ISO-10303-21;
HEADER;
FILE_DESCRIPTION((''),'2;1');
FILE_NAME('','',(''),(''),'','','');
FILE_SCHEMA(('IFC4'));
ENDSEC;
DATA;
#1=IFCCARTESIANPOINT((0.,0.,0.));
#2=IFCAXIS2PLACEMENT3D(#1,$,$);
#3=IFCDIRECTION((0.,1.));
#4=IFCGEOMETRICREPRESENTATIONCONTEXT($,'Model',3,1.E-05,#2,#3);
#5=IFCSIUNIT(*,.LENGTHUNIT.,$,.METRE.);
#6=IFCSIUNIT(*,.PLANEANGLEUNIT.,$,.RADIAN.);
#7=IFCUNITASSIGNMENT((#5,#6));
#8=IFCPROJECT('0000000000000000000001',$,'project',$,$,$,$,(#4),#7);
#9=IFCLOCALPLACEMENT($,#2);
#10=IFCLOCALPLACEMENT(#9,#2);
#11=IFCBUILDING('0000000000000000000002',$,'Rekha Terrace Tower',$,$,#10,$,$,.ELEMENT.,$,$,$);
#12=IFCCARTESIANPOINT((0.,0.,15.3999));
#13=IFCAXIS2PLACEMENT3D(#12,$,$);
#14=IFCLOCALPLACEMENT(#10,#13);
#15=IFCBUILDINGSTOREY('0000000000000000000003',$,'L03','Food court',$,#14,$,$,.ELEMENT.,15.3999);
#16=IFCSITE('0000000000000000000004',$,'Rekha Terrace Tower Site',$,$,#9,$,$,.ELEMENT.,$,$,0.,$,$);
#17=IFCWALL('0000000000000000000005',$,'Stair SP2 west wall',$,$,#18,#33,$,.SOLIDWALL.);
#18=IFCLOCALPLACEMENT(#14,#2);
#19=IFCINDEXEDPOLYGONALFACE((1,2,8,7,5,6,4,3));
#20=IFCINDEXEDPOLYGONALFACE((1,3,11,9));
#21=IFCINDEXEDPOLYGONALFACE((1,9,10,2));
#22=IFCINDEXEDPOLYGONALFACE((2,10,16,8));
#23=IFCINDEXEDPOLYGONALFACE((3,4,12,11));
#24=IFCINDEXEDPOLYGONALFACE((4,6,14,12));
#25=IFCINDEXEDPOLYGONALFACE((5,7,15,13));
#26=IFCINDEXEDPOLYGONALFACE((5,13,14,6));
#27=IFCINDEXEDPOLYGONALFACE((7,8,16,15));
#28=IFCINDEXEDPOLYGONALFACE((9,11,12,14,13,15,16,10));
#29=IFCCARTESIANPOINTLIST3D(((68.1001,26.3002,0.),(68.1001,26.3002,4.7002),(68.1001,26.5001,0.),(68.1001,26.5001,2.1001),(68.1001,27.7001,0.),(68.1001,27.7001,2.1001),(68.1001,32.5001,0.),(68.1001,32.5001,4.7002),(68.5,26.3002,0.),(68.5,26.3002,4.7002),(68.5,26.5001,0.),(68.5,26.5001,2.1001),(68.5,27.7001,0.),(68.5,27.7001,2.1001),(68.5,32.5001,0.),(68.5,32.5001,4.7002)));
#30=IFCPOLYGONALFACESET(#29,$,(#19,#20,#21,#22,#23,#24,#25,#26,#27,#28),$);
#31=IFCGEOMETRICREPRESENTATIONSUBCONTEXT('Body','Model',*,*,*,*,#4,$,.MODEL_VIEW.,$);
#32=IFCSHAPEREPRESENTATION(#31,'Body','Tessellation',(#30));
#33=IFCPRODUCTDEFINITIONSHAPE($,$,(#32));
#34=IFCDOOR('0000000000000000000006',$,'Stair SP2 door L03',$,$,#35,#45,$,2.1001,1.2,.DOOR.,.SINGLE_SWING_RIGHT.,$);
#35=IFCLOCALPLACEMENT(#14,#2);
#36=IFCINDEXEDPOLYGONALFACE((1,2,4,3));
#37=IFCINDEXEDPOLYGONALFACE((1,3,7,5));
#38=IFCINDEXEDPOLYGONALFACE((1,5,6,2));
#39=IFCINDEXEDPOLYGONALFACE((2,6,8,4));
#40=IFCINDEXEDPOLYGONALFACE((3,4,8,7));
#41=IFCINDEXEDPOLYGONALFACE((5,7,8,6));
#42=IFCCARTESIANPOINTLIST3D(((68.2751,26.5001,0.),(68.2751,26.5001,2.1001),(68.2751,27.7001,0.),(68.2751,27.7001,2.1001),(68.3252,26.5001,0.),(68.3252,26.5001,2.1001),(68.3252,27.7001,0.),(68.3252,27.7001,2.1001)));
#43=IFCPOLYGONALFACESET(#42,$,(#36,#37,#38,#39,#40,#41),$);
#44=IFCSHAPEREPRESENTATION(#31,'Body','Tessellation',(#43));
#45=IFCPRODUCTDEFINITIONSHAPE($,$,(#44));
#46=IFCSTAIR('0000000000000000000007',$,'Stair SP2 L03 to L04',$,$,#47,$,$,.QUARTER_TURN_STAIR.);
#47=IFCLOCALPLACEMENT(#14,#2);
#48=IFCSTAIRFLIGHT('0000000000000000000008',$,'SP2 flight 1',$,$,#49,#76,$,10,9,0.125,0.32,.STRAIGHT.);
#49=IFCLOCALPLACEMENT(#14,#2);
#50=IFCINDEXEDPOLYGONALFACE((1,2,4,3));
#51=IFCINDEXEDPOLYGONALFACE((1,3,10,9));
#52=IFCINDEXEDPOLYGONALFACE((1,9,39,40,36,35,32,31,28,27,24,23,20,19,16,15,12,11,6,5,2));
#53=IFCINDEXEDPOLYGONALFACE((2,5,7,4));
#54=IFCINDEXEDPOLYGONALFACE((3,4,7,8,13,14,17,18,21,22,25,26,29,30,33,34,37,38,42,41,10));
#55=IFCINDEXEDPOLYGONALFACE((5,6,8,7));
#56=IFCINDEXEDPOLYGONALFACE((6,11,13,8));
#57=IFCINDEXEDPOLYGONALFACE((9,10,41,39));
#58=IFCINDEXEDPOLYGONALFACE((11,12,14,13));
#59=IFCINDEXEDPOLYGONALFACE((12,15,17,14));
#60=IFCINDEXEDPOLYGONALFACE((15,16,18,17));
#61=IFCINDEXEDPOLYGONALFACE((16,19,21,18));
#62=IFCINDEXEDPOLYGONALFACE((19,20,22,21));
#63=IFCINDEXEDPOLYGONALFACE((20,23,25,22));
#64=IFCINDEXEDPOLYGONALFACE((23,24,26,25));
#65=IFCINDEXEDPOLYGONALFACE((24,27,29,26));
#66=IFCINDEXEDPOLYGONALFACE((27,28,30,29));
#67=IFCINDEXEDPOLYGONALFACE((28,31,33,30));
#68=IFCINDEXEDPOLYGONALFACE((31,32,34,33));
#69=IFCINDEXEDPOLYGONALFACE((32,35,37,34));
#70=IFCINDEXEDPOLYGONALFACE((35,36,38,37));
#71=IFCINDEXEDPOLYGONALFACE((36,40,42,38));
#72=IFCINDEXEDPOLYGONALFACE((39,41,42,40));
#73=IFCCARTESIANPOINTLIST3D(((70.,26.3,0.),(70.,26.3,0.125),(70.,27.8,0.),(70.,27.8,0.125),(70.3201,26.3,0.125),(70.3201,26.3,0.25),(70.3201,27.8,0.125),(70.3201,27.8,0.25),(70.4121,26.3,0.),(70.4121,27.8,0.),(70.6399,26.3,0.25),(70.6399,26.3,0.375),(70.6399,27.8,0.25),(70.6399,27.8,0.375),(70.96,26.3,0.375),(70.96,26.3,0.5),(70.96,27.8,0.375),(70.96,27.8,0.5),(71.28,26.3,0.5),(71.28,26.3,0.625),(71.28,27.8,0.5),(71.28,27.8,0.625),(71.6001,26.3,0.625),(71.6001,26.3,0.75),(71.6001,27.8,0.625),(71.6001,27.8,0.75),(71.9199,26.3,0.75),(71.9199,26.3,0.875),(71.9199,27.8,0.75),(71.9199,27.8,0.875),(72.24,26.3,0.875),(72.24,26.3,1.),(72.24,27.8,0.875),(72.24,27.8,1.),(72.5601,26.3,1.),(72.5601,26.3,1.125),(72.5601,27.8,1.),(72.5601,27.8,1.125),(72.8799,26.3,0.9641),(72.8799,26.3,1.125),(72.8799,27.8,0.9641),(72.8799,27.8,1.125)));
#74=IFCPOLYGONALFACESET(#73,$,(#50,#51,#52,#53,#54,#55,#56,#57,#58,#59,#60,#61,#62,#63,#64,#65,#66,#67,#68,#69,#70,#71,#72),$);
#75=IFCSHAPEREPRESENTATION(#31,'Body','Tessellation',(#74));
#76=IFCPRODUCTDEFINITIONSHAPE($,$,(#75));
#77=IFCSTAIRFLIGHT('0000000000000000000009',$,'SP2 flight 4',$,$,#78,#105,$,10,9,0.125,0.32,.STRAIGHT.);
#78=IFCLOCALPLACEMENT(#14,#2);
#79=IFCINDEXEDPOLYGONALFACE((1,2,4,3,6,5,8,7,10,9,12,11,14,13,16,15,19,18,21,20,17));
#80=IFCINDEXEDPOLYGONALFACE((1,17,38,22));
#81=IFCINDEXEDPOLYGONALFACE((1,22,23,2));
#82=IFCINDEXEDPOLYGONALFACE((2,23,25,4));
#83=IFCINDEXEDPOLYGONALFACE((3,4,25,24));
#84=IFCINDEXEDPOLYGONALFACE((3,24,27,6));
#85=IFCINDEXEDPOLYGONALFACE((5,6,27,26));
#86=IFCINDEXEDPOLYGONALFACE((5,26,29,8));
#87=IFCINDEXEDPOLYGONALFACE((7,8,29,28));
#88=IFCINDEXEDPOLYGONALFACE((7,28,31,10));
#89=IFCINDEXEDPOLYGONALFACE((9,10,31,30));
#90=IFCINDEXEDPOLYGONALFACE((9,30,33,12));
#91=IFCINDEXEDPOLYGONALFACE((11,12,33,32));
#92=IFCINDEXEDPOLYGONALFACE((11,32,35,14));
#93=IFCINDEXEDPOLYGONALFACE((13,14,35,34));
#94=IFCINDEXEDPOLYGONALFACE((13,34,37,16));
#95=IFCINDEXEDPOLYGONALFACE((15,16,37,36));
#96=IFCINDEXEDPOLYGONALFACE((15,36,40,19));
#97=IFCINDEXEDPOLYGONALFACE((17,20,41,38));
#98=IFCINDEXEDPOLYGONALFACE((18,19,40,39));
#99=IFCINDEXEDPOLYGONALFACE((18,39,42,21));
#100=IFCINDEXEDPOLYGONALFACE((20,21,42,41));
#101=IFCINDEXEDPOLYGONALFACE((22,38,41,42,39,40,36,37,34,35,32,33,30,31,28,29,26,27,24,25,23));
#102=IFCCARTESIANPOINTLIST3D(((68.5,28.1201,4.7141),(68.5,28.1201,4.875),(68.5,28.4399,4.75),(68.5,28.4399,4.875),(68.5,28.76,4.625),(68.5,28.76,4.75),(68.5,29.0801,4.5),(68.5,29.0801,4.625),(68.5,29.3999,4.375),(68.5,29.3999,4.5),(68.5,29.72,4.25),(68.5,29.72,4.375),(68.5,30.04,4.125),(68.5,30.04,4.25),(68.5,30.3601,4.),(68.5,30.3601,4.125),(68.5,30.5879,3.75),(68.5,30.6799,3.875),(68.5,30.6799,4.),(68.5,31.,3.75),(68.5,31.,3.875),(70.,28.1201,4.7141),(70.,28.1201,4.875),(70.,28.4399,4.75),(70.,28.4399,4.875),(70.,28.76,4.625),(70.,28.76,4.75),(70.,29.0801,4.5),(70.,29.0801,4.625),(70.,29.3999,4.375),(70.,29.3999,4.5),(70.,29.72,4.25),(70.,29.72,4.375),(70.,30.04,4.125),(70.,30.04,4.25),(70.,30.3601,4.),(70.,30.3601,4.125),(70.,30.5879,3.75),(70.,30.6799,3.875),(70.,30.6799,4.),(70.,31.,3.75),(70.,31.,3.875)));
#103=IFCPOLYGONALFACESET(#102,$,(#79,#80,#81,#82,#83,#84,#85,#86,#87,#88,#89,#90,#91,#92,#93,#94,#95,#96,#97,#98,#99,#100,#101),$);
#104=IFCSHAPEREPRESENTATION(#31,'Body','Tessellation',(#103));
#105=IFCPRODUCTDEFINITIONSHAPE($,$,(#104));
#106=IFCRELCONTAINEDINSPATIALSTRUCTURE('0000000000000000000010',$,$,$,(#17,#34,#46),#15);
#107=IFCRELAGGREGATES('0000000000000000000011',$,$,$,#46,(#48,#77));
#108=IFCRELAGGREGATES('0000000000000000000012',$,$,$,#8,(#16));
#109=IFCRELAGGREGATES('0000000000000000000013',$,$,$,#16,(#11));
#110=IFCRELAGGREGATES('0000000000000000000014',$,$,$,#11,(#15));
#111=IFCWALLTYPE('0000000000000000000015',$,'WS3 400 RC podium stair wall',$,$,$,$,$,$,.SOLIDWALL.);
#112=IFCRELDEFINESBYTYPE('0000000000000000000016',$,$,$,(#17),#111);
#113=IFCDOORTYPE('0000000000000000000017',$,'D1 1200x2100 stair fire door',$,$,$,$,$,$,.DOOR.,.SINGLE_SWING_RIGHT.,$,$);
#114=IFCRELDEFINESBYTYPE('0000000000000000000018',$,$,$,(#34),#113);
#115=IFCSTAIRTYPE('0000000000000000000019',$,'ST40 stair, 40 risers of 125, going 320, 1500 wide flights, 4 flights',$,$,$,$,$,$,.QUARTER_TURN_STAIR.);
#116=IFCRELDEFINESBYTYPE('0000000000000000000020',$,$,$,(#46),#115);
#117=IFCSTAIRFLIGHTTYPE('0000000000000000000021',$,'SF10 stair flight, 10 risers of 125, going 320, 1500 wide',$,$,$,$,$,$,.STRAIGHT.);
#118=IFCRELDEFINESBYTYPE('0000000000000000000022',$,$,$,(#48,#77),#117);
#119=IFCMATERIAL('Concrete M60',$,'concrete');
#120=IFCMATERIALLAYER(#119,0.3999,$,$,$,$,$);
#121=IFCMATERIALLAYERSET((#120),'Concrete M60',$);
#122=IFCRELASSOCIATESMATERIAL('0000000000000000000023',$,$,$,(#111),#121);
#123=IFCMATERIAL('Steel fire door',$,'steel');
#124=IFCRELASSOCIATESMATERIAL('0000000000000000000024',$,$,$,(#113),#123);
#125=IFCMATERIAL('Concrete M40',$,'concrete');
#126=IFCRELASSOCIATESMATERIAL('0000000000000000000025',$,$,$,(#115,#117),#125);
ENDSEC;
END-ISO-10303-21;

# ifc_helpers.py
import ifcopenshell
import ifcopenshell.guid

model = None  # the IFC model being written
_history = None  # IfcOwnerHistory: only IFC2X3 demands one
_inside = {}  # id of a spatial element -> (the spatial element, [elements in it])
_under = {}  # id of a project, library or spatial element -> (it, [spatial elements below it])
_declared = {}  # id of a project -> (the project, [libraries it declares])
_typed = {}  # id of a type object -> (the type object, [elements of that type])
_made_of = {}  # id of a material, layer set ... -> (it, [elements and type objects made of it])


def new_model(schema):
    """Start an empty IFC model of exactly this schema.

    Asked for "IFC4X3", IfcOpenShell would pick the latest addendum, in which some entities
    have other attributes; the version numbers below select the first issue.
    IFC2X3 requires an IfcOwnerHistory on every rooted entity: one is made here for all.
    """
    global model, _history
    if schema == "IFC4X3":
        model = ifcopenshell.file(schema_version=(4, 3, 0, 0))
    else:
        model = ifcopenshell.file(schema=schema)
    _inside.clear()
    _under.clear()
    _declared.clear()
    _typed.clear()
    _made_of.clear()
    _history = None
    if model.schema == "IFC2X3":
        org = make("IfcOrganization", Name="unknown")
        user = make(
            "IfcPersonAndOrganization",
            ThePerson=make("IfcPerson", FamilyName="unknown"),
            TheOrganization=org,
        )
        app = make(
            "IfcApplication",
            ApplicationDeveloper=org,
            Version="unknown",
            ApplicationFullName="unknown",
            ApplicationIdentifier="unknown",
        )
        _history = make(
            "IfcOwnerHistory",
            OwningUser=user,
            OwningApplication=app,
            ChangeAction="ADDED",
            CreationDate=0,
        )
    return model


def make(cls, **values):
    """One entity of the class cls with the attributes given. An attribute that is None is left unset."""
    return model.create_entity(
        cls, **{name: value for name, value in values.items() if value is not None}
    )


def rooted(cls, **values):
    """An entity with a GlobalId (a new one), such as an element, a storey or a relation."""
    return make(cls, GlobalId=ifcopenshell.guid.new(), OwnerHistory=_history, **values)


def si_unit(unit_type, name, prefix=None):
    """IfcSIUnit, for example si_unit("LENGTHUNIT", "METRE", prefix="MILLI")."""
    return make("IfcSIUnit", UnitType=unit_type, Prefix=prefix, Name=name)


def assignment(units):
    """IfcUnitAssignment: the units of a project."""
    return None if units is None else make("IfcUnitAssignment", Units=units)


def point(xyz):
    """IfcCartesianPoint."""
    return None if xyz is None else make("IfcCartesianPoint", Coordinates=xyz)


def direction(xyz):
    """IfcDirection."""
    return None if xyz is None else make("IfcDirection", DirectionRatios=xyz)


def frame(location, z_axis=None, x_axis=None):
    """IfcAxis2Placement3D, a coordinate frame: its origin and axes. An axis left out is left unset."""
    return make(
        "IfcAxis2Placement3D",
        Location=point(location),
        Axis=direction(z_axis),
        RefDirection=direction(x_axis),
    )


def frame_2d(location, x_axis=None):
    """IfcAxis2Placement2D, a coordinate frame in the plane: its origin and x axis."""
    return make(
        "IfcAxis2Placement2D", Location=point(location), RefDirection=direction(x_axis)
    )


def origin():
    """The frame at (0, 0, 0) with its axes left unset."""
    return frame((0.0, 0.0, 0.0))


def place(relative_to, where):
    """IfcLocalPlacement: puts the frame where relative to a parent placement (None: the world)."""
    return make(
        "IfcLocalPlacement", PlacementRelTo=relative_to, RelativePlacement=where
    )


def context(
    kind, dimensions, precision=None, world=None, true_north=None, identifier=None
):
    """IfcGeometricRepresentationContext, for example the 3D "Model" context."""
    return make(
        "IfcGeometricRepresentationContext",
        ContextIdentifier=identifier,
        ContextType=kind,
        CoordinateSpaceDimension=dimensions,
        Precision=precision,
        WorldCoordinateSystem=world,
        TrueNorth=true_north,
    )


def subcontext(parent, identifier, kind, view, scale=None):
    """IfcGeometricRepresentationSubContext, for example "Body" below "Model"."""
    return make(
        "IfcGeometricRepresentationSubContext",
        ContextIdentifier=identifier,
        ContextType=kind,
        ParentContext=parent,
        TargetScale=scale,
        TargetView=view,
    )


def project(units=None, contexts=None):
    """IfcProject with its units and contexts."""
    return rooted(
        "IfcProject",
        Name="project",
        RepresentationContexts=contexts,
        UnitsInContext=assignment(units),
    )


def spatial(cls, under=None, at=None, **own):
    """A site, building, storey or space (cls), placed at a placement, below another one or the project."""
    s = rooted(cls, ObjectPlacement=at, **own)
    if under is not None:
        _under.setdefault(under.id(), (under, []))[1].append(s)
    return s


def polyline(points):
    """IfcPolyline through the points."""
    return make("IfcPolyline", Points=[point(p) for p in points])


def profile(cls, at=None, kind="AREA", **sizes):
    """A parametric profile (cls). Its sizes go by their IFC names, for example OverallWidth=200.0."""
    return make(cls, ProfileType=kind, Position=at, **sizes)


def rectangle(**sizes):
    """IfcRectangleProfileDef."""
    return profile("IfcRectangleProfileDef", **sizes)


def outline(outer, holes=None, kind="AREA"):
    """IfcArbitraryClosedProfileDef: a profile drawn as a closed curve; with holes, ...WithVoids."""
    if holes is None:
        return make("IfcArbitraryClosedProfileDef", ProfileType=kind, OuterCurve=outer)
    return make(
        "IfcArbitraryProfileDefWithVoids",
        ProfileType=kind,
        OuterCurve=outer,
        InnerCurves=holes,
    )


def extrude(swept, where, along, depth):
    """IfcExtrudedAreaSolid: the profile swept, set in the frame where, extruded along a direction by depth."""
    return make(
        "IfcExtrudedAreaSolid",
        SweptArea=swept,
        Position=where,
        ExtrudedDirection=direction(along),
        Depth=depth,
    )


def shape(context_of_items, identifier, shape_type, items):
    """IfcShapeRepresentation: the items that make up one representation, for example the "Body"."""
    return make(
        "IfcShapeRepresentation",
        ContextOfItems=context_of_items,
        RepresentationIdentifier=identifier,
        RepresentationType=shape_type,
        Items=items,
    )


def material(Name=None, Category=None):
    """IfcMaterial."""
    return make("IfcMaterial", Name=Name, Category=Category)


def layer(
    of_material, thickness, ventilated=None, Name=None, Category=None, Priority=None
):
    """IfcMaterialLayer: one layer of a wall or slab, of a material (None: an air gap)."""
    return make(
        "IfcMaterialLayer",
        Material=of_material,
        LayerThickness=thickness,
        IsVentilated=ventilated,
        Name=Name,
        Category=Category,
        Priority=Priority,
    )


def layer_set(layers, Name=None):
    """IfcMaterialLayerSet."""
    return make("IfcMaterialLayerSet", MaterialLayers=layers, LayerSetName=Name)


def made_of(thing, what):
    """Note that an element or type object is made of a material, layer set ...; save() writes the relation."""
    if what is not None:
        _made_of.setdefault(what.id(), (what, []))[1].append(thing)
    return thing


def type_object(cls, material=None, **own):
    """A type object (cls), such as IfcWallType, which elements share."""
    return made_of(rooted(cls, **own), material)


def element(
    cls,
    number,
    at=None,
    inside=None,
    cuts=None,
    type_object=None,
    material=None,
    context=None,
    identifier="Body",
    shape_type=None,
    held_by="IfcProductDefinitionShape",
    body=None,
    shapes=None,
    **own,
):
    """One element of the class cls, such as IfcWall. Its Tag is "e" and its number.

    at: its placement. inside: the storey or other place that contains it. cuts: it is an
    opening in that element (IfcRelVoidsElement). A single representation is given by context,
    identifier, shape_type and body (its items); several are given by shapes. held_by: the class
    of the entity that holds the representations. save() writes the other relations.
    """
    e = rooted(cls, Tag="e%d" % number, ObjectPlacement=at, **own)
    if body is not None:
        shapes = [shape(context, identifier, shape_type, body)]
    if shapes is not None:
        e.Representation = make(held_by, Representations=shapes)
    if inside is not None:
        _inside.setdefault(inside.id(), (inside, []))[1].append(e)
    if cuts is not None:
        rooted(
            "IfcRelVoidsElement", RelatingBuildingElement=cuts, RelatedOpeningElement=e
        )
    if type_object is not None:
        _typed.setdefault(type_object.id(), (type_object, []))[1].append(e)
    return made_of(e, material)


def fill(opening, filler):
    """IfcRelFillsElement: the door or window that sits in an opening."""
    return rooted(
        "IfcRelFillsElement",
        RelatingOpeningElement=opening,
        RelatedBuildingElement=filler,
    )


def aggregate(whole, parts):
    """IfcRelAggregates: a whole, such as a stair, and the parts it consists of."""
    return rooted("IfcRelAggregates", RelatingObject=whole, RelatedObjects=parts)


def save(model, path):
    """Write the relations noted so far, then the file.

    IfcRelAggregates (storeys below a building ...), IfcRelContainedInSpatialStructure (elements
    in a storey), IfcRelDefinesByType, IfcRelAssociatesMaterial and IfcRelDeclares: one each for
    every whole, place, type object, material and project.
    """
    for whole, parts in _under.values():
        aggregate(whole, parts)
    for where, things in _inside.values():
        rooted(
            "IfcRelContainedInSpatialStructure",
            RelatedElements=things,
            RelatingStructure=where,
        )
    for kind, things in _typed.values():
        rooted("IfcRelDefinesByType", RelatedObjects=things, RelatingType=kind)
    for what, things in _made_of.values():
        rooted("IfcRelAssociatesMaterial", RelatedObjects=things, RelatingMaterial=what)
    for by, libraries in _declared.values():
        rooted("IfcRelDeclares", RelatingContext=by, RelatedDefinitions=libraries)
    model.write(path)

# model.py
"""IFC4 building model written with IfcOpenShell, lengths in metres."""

from ifc_helpers import new_model, si_unit, direction, frame, frame_2d, origin, place, context, subcontext, project, spatial, polyline, rectangle, outline, extrude, material, layer, layer_set, type_object, element, fill, aggregate, save


model = new_model("IFC4")

# Units and contexts
model_context = context("Model", 3, precision=1e-05, world=origin(), true_north=direction((0.0, 1.0)))
body_context = subcontext(model_context, "Body", "Model", "MODEL_VIEW")
ifc_project = project(units=[si_unit("LENGTHUNIT", "METRE"), si_unit("PLANEANGLEUNIT", "RADIAN")], contexts=[model_context])

# Site, building, storey
site_placement = place(None, origin())
site = spatial("IfcSite", under=ifc_project, at=site_placement, Name="Rekha Terrace Tower Site", CompositionType="ELEMENT", RefElevation=0.0)
building_placement = place(site_placement, origin())
building = spatial("IfcBuilding", under=site, at=building_placement, Name="Rekha Terrace Tower", CompositionType="ELEMENT")
storey_placement = place(building_placement, frame((0.0, 0.0, 15.3999)))
storey = spatial("IfcBuildingStorey", under=building, at=storey_placement, Name="L03", Description="Food court", CompositionType="ELEMENT", Elevation=15.3999)

# Shared definitions
ifc_material_1 = material(Name="Concrete M60", Category="concrete")

# Shared definitions
ifc_layer_1 = layer(ifc_material_1, 0.3999)
ifc_layer_set_1 = layer_set([ifc_layer_1], Name="Concrete M60")
wall_type_1 = type_object("IfcWallType", Name="WS3 400 RC podium stair wall", PredefinedType="SOLIDWALL", material=ifc_layer_set_1)

# Wall, opening, door
wall_1_placement = place(storey_placement, frame((68.3, 26.3, 0.0), z_axis=(0.0, 0.0, 1.0), x_axis=(0.0, 1.0, 0.0)))
wall_1 = element("IfcWall", 1, at=wall_1_placement, inside=storey, type_object=wall_type_1, Name="Stair SP2 west wall", PredefinedType="SOLIDWALL", context=body_context, shape_type="SweptSolid", body=[
    extrude(rectangle(XDim=6.2, YDim=0.3999, at=frame_2d((3.1001, 0.0))), origin(), (0.0, 0.0, 1.0), 4.7002),
])
opening_1_placement = place(wall_1_placement, frame((0.2, 0.0, 0.0)))
opening_1 = element("IfcOpeningElement", 2, at=opening_1_placement, cuts=wall_1, PredefinedType="OPENING", context=body_context, shape_type="SweptSolid", body=[
    extrude(rectangle(XDim=1.2, YDim=2.1001, at=frame_2d((0.6001, 1.05))), frame((0.0, 0.21, 0.0), z_axis=(0.0, -1.0, 0.0), x_axis=(1.0, 0.0, 0.0)), (0.0, 0.0, 1.0), 0.4199),
])
ifc_material_2 = material(Name="Steel fire door", Category="steel")
door_type_1 = type_object("IfcDoorType", Name="D1 1200x2100 stair fire door", OperationType="SINGLE_SWING_RIGHT", PredefinedType="DOOR", material=ifc_material_2)
door_1_placement = place(opening_1_placement, origin())
door_1 = element("IfcDoor", 3, at=door_1_placement, inside=storey, type_object=door_type_1, Name="Stair SP2 door L03", OperationType="SINGLE_SWING_RIGHT", OverallHeight=2.1001, OverallWidth=1.2, PredefinedType="DOOR", context=body_context, shape_type="SweptSolid", body=[
    extrude(rectangle(XDim=1.2, YDim=2.1001, at=frame_2d((0.6001, 1.05))), frame((0.0, 0.0249, 0.0), z_axis=(0.0, -1.0, 0.0), x_axis=(1.0, 0.0, 0.0)), (0.0, 0.0, 1.0), 0.05),
])
fill(opening_1, door_1)

# Stair, stair flights
ifc_material_3 = material(Name="Concrete M40", Category="concrete")
stair_type = type_object("IfcStairType", Name="ST40 stair, 40 risers of 125, going 320, 1500 wide flights, 4 flights", PredefinedType="QUARTER_TURN_STAIR", material=ifc_material_3)
stair_placement = place(storey_placement, origin())
stair = element("IfcStair", 4, at=stair_placement, inside=storey, type_object=stair_type, Name="Stair SP2 L03 to L04", PredefinedType="QUARTER_TURN_STAIR")
stair_flight_type = type_object("IfcStairFlightType", Name="SF10 stair flight, 10 risers of 125, going 320, 1500 wide", PredefinedType="STRAIGHT", material=ifc_material_3)
stair_flight_1_placement = place(storey_placement, frame((70.0, 27.05, 0.0), z_axis=(0.0, 0.0, 1.0), x_axis=(1.0, 0.0, 0.0)))
stair_flight_1 = element("IfcStairFlight", 5, at=stair_flight_1_placement, type_object=stair_flight_type, Name="SP2 flight 1", NumberOfRisers=10, NumberOfTreads=9, PredefinedType="STRAIGHT", RiserHeight=0.125, TreadLength=0.32, context=body_context, shape_type="SweptSolid", body=[
    extrude(outline(polyline([(0.0, 0.0), (0.0, 0.125), (0.3201, 0.125), (0.3201, 0.25), (0.6399, 0.25), (0.6399, 0.375), (0.96, 0.375), (0.96, 0.5), (1.28, 0.5), (1.28, 0.625), (1.6001, 0.625), (1.6001, 0.75), (1.9199, 0.75), (1.9199, 0.875), (2.24, 0.875), (2.24, 1.0), (2.5601, 1.0), (2.5601, 1.125), (2.8799, 1.125), (2.8799, 1.25), (2.8799, 0.9641), (0.4121, 0.0), (0.0, 0.0)])), frame((0.0, 0.75, 0.0), z_axis=(0.0, -1.0, 0.0), x_axis=(1.0, 0.0, 0.0)), (0.0, 0.0, 1.0), 1.5),
])
stair_flight_2_placement = place(storey_placement, frame((69.25, 31.0, 3.75), z_axis=(0.0, 0.0, 1.0), x_axis=(0.0, -1.0, 0.0)))
stair_flight_2 = element("IfcStairFlight", 6, at=stair_flight_2_placement, type_object=stair_flight_type, Name="SP2 flight 4", NumberOfRisers=10, NumberOfTreads=9, PredefinedType="STRAIGHT", RiserHeight=0.125, TreadLength=0.32, context=body_context, shape_type="SweptSolid", body=[
    extrude(outline(polyline([(0.0, 0.0), (0.0, 0.125), (0.3201, 0.125), (0.3201, 0.25), (0.6399, 0.25), (0.6399, 0.375), (0.96, 0.375), (0.96, 0.5), (1.28, 0.5), (1.28, 0.625), (1.6001, 0.625), (1.6001, 0.75), (1.9199, 0.75), (1.9199, 0.875), (2.24, 0.875), (2.24, 1.0), (2.5601, 1.0), (2.5601, 1.125), (2.8799, 1.125), (2.8799, 1.25), (2.8799, 0.9641), (0.4121, 0.0), (0.0, 0.0)])), frame((0.0, 0.75, 0.0), z_axis=(0.0, -1.0, 0.0), x_axis=(1.0, 0.0, 0.0)), (0.0, 0.0, 1.0), 1.5),
])
aggregate(stair, [stair_flight_1, stair_flight_2])

save(model, "model.ifc")
